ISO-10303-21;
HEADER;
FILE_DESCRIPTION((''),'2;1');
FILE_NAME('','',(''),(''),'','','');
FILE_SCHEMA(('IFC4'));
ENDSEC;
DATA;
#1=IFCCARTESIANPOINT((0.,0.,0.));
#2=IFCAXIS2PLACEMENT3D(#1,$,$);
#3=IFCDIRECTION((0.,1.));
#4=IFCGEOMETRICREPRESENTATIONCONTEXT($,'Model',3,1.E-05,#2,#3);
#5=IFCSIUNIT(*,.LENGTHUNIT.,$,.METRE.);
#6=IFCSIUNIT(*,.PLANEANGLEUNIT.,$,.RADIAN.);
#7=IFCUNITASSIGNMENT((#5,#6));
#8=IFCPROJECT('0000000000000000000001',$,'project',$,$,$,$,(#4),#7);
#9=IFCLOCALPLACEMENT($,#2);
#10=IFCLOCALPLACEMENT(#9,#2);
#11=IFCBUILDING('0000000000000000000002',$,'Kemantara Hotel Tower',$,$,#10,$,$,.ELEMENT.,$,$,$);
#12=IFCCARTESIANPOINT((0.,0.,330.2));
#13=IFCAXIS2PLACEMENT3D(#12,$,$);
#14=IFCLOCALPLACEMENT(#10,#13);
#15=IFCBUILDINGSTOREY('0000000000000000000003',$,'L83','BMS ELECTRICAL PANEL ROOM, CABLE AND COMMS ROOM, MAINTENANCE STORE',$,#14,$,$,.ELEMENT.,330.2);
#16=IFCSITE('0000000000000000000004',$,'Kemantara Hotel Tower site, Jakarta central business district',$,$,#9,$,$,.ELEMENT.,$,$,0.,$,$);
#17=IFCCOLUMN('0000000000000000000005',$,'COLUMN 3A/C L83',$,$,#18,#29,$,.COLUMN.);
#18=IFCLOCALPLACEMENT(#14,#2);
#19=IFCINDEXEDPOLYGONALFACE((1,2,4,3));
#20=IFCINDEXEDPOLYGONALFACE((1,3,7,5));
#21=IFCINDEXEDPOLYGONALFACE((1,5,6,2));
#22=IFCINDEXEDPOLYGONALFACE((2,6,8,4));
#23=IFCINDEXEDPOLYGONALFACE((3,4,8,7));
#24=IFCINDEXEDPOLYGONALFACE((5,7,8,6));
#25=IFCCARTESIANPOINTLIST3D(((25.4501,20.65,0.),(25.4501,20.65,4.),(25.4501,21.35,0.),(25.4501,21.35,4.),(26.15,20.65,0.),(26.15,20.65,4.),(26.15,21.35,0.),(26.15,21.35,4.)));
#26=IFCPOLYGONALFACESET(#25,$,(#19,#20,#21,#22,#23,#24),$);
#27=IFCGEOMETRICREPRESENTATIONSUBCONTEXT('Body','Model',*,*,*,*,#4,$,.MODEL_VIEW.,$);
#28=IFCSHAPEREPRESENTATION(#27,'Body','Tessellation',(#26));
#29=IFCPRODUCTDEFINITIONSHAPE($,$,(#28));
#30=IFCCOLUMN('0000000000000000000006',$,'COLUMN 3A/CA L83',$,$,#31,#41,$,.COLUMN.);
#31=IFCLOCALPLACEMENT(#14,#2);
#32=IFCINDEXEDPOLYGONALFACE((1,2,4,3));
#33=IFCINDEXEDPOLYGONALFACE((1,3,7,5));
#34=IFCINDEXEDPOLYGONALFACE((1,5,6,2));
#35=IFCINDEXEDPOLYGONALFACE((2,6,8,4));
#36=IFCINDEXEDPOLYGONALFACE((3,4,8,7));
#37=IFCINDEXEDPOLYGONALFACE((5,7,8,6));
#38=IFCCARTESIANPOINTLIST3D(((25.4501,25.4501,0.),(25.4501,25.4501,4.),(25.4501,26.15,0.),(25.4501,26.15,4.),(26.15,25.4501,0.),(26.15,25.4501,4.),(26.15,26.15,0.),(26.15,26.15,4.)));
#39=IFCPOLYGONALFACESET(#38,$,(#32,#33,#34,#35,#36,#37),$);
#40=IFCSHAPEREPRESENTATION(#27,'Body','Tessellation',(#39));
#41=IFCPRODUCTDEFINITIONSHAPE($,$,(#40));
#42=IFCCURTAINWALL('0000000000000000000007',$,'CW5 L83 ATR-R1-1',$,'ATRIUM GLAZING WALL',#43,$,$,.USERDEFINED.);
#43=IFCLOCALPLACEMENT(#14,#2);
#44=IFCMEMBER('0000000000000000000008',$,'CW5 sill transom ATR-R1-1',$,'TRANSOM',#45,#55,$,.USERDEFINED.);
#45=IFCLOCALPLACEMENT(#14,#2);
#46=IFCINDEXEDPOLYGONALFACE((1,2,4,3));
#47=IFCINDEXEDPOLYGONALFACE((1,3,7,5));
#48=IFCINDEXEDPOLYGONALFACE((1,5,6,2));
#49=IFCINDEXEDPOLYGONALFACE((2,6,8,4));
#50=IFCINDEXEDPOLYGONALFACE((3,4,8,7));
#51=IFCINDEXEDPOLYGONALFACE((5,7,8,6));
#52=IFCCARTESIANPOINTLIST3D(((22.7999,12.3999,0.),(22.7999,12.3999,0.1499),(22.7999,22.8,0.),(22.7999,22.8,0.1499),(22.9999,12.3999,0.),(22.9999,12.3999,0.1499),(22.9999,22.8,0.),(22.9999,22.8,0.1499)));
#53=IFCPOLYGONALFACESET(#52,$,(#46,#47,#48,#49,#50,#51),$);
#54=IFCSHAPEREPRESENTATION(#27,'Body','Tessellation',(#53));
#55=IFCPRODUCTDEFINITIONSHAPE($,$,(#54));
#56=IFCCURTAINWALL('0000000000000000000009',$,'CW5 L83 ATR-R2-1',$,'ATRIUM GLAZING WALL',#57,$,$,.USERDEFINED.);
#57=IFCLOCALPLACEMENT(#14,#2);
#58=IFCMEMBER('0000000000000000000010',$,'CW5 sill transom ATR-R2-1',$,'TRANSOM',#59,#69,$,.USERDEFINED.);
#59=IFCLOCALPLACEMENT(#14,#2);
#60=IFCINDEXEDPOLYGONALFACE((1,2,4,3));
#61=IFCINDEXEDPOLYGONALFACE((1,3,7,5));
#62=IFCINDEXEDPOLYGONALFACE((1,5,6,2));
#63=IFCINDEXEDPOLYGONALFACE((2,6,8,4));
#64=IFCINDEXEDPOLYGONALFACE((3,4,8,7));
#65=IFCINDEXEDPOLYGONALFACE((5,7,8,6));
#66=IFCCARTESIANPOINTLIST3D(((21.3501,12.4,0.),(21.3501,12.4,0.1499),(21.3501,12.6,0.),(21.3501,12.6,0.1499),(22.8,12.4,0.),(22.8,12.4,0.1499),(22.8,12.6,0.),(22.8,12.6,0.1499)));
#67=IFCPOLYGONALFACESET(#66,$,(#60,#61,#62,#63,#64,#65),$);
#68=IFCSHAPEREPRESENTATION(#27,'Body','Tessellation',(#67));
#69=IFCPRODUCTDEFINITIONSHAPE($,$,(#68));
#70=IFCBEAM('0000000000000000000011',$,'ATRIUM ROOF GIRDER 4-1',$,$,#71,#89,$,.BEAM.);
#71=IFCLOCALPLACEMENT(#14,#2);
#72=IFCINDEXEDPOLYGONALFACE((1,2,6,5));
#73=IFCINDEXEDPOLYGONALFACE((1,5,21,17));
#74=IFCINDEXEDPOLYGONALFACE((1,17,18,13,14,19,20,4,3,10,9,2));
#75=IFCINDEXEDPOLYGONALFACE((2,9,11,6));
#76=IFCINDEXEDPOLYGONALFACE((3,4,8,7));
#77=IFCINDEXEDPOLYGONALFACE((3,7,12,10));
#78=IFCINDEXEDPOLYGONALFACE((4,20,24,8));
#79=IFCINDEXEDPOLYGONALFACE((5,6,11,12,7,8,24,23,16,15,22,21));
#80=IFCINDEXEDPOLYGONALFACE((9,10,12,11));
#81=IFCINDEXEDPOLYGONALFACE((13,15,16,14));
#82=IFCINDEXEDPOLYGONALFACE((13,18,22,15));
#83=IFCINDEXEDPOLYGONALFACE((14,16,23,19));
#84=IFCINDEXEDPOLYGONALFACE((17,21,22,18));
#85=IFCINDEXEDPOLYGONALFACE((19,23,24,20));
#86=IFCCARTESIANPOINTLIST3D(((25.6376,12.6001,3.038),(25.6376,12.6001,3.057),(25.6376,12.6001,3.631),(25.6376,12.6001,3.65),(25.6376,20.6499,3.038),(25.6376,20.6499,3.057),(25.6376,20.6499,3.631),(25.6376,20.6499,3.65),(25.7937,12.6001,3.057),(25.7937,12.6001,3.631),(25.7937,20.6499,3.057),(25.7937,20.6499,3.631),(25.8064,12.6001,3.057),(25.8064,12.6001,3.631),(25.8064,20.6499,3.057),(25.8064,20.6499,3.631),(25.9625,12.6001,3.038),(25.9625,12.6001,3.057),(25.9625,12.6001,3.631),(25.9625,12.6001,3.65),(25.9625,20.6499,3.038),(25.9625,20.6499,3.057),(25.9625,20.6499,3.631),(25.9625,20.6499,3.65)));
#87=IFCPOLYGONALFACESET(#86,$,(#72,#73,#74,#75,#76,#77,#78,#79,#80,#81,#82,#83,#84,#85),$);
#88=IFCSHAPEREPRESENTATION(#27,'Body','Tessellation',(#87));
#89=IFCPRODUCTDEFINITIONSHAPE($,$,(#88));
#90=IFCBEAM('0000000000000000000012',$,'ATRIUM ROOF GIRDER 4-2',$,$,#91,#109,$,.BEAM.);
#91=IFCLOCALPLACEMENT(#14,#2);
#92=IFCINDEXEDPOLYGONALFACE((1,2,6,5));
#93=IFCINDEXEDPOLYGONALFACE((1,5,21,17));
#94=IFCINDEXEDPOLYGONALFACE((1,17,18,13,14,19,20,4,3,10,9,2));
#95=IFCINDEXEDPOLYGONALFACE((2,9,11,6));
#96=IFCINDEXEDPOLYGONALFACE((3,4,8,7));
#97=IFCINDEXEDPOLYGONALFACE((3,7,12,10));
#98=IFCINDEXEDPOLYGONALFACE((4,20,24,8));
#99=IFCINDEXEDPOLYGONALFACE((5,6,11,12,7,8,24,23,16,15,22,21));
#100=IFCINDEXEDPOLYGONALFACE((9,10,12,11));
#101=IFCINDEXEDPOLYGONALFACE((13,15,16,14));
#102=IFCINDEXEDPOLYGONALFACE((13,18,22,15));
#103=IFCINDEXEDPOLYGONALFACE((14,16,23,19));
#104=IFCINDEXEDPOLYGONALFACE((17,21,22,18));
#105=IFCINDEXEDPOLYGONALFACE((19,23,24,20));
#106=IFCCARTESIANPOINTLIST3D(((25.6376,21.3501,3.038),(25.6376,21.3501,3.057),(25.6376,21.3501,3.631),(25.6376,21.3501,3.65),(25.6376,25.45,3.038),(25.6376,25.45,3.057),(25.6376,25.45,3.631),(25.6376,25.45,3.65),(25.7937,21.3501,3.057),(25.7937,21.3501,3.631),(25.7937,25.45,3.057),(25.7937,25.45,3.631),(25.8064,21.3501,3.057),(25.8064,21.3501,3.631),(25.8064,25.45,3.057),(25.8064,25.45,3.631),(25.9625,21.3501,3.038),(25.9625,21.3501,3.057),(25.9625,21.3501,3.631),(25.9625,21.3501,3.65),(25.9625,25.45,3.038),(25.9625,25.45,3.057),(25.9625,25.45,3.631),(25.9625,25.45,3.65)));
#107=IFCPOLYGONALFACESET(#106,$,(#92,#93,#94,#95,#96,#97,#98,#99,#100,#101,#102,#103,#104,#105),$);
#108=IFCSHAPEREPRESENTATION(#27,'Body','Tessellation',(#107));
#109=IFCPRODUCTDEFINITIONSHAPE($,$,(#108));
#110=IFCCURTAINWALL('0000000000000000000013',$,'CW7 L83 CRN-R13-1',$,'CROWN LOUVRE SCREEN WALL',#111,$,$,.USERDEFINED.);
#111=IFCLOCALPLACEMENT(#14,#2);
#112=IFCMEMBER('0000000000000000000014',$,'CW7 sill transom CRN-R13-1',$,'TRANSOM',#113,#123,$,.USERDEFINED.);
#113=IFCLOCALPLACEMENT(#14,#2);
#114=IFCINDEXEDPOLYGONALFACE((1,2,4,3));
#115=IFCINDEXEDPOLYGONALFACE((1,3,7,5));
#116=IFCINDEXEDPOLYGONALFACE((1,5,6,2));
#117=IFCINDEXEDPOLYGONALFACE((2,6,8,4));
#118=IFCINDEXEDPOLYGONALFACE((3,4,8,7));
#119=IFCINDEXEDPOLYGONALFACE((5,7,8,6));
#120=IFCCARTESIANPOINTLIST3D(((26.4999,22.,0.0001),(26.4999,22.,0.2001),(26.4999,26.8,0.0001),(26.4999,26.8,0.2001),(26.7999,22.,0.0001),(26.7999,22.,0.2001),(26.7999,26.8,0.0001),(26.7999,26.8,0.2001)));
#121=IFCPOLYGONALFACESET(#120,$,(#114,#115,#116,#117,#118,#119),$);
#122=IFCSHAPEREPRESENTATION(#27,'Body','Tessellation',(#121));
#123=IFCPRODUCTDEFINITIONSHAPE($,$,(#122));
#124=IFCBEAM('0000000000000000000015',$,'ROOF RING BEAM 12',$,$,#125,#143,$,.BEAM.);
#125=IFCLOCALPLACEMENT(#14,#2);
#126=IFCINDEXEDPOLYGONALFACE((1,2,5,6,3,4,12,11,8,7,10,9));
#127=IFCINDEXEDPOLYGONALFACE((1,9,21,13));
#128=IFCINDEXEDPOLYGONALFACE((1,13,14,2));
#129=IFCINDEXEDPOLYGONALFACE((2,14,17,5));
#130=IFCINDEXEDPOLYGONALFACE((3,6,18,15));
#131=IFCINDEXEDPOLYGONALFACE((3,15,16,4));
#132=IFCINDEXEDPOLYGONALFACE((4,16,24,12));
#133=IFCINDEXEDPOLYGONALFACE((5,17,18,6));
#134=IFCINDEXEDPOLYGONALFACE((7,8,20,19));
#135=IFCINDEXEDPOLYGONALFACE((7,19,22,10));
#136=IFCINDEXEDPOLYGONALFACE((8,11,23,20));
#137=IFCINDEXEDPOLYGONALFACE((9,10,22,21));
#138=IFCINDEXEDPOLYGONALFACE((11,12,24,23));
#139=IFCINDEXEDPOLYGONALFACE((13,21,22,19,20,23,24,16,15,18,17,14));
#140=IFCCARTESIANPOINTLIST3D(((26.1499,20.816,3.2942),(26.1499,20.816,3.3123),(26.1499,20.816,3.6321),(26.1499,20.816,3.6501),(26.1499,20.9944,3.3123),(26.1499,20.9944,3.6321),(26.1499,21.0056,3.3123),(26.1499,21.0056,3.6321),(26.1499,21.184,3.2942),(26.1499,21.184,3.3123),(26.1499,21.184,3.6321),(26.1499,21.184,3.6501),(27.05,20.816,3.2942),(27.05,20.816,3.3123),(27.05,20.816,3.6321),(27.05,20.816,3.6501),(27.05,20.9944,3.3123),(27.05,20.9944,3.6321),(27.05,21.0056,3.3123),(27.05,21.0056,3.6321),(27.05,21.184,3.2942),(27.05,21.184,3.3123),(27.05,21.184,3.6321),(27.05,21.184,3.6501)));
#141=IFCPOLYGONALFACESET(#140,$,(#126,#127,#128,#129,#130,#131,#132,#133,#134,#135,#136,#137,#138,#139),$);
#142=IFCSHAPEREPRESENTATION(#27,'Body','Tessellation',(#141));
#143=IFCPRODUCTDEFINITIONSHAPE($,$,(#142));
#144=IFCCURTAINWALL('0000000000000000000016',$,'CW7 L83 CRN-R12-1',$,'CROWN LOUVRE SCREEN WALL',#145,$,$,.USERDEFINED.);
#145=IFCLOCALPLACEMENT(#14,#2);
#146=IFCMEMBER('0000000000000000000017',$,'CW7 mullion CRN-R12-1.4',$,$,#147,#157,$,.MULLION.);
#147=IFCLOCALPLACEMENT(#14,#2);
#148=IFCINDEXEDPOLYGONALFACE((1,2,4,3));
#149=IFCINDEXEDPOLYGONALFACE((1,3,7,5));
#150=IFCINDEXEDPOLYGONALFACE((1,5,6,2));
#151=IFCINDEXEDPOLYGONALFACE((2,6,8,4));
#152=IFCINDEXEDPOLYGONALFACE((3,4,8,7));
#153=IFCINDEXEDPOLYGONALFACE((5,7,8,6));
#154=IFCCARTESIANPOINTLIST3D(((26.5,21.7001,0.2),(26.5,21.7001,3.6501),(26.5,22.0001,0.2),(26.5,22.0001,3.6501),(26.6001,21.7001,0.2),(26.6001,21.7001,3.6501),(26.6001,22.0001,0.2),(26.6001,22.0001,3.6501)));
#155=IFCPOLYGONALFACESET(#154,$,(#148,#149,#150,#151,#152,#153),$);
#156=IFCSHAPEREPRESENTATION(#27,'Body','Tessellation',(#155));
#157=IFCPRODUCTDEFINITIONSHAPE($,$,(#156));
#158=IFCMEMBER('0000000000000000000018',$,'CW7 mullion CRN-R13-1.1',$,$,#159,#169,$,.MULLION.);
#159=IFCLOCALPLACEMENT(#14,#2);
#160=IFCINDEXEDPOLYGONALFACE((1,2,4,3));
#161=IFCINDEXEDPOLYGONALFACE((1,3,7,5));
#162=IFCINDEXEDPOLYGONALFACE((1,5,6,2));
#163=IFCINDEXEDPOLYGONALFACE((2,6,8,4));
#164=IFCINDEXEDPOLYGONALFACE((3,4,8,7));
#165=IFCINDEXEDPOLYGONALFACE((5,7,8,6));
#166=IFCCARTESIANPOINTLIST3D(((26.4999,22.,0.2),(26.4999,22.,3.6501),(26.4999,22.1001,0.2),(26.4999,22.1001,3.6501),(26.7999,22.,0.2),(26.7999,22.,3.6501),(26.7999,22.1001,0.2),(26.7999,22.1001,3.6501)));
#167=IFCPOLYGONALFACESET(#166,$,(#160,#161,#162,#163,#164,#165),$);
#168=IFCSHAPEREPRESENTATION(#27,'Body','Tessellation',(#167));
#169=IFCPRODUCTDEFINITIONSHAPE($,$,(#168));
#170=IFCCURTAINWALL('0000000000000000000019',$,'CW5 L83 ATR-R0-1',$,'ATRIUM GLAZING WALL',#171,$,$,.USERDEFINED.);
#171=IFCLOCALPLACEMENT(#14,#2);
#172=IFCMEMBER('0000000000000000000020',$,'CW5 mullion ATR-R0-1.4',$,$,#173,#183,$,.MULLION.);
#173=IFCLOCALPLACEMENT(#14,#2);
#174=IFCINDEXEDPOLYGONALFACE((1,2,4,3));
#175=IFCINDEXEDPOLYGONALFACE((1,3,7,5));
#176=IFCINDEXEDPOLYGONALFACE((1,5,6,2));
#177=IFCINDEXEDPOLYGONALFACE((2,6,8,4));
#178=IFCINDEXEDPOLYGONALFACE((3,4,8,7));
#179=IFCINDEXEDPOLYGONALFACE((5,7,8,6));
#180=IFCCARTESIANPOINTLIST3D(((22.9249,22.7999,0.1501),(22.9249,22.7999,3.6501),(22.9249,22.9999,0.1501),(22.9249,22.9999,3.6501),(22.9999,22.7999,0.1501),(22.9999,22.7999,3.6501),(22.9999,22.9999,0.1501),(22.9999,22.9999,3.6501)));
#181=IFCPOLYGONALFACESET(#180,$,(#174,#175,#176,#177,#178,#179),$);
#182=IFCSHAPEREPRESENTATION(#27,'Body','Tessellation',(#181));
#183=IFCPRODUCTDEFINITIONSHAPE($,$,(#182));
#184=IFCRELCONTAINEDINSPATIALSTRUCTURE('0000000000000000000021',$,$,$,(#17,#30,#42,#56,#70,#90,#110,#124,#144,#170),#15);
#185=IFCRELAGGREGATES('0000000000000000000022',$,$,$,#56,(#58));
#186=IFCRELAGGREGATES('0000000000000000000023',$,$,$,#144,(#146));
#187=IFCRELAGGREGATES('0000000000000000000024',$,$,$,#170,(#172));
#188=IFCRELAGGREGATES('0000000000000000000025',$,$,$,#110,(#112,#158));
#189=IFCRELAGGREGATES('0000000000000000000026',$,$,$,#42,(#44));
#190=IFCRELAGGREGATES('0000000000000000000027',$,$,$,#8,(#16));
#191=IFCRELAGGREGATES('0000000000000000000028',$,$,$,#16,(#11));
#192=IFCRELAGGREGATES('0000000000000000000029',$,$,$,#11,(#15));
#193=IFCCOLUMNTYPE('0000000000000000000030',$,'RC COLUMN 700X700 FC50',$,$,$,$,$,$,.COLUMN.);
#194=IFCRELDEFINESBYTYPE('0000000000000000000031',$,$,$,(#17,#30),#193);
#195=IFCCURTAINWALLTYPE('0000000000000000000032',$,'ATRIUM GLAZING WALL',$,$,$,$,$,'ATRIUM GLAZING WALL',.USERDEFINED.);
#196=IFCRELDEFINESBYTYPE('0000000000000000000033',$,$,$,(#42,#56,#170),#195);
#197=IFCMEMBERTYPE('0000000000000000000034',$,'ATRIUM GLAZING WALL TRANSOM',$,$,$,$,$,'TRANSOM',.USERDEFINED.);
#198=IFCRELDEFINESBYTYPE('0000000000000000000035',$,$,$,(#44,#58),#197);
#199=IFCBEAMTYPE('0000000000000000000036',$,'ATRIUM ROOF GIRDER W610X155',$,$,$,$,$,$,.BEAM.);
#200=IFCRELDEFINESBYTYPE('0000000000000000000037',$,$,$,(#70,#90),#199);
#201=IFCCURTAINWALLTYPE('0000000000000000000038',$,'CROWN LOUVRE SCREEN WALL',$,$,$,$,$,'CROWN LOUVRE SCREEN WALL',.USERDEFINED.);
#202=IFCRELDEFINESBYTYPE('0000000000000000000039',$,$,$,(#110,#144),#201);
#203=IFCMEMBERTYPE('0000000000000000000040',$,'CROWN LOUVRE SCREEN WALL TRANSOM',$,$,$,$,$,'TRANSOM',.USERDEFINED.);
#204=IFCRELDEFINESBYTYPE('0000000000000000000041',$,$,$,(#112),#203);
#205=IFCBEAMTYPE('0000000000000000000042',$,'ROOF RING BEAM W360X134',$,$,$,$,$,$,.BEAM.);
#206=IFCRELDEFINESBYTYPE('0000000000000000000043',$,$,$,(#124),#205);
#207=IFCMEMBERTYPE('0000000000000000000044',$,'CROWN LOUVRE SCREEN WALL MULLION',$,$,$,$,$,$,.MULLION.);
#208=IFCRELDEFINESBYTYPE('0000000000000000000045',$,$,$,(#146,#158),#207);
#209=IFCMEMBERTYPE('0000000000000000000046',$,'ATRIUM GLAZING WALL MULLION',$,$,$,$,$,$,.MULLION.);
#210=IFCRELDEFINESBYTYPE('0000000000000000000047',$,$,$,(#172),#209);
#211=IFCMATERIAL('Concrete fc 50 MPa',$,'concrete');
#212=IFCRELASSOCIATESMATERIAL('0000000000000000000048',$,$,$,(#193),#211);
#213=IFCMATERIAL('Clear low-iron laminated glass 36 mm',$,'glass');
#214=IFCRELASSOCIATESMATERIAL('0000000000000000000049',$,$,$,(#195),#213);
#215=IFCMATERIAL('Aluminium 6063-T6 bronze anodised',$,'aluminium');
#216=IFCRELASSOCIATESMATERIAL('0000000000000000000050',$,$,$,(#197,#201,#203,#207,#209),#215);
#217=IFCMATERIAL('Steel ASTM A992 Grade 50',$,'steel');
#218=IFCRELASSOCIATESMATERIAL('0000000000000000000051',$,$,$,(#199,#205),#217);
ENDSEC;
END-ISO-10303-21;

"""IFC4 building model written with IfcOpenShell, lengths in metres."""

from ifc_helpers import new_model, si_unit, direction, frame, origin, origin_2d, place, context, subcontext, project, spatial, rectangle, i_section, extrude, source, transform, mapped, material, material_profile, profile_set, type_object, element, aggregate, save


model = new_model("IFC4")

# Units and contexts
model_context = context("Model", 3, precision=1e-05, world=origin(), true_north=direction((0.0, 1.0)))
body_context = subcontext(model_context, "Body", "Model", "MODEL_VIEW")
ifc_project = project(units=[si_unit("LENGTHUNIT", "METRE"), si_unit("PLANEANGLEUNIT", "RADIAN")], contexts=[model_context])

# Site, building, storey
site_placement = place(None, origin())
site = spatial("IfcSite", under=ifc_project, at=site_placement, Name="Kemantara Hotel Tower site, Jakarta central business district", CompositionType="ELEMENT", RefElevation=0.0)
building_placement = place(site_placement, origin())
building = spatial("IfcBuilding", under=site, at=building_placement, Name="Kemantara Hotel Tower", CompositionType="ELEMENT")
storey_placement = place(building_placement, frame((0.0, 0.0, 330.2)))
storey = spatial("IfcBuildingStorey", under=building, at=storey_placement, Name="L83", Description="BMS ELECTRICAL PANEL ROOM, CABLE AND COMMS ROOM, MAINTENANCE STORE", CompositionType="ELEMENT", Elevation=330.2)

# Columns
ifc_material_1 = material(Name="Concrete fc 50 MPa", Category="concrete")
ifc_material_profile_1 = material_profile(ifc_material_1, rectangle(XDim=0.7, YDim=0.7, at=origin_2d()), Name="RC 700X700")
ifc_profile_set_1 = profile_set([ifc_material_profile_1], Name="Concrete fc 50 MPa")
column_type = type_object("IfcColumnType", Name="RC COLUMN 700X700 FC50", PredefinedType="COLUMN", material=ifc_profile_set_1)
for number, where, z_axis, x_axis, name in (
    (1, (25.8, 21.0, 0.0), (0.0, 0.0, 1.0), (1.0, 0.0, 0.0), "COLUMN 3A/C L83"),
    (2, (25.8, 25.8, 0.0), (0.0, 0.0, 1.0), (1.0, 0.0, 0.0), "COLUMN 3A/CA L83"),
):
    element("IfcColumn", number, at=place(storey_placement, frame(where, z_axis=z_axis, x_axis=x_axis)), inside=storey, type_object=column_type, Name=name, PredefinedType="COLUMN", context=body_context, shape_type="SweptSolid", body=[
        extrude(rectangle(XDim=0.7, YDim=0.7, at=origin_2d()), origin(), (0.0, 0.0, 1.0), 4.0),
    ])

# Curtain walls, members
ifc_material_2 = material(Name="Clear low-iron laminated glass 36 mm", Category="glass")
curtain_wall_type_1 = type_object("IfcCurtainWallType", Name="ATRIUM GLAZING WALL", ElementType="ATRIUM GLAZING WALL", PredefinedType="USERDEFINED", material=ifc_material_2)
curtain_wall_1_placement = place(storey_placement, origin())
curtain_wall_1 = element("IfcCurtainWall", 3, at=curtain_wall_1_placement, inside=storey, type_object=curtain_wall_type_1, Name="CW5 L83 ATR-R1-1", ObjectType="ATRIUM GLAZING WALL", PredefinedType="USERDEFINED")
ifc_material_3 = material(Name="Aluminium 6063-T6 bronze anodised", Category="aluminium")
ifc_material_profile_2 = material_profile(ifc_material_3, rectangle(XDim=0.2, YDim=0.1499, at=origin_2d()), Name="ATRIUM GLAZING WALL TRANSOM")
ifc_profile_set_2 = profile_set([ifc_material_profile_2], Name="Aluminium 6063-T6 bronze anodised")
member_type_1 = type_object("IfcMemberType", Name="ATRIUM GLAZING WALL TRANSOM", ElementType="TRANSOM", PredefinedType="USERDEFINED", material=ifc_profile_set_2)
member_1_placement = place(storey_placement, frame((22.8999, 22.8, 0.075), z_axis=(0.0, -1.0, 0.0), x_axis=(1.0, 0.0, 0.0)))
member_1 = element("IfcMember", 4, at=member_1_placement, type_object=member_type_1, Name="CW5 sill transom ATR-R1-1", ObjectType="TRANSOM", PredefinedType="USERDEFINED", context=body_context, shape_type="SweptSolid", body=[
    extrude(rectangle(XDim=0.2, YDim=0.1499, at=origin_2d()), origin(), (0.0, 0.0, 1.0), 10.4001),
])
curtain_wall_2_placement = place(storey_placement, origin())
curtain_wall_2 = element("IfcCurtainWall", 5, at=curtain_wall_2_placement, inside=storey, type_object=curtain_wall_type_1, Name="CW5 L83 ATR-R2-1", ObjectType="ATRIUM GLAZING WALL", PredefinedType="USERDEFINED")
member_2_placement = place(storey_placement, frame((22.8, 12.5, 0.075), z_axis=(-1.0, 0.0, 0.0), x_axis=(0.0, -1.0, 0.0)))
member_2 = element("IfcMember", 6, at=member_2_placement, type_object=member_type_1, Name="CW5 sill transom ATR-R2-1", ObjectType="TRANSOM", PredefinedType="USERDEFINED", context=body_context, shape_type="SweptSolid", body=[
    extrude(rectangle(XDim=0.2, YDim=0.1499, at=origin_2d()), origin(), (0.0, 0.0, 1.0), 1.45),
])
aggregate(curtain_wall_2, [member_2])

# Beams
ifc_material_4 = material(Name="Steel ASTM A992 Grade 50", Category="steel")
ifc_material_profile_3 = material_profile(ifc_material_4, i_section(OverallWidth=0.325, OverallDepth=0.6121, WebThickness=0.0127, FlangeThickness=0.019, at=origin_2d()), Name="W610X155")
ifc_profile_set_3 = profile_set([ifc_material_profile_3], Name="Steel ASTM A992 Grade 50")
beam_type_1 = type_object("IfcBeamType", Name="ATRIUM ROOF GIRDER W610X155", PredefinedType="BEAM", material=ifc_profile_set_3)
beam_1_placement = place(storey_placement, frame((25.8, 12.6001, 3.344), z_axis=(0.0, 1.0, 0.0), x_axis=(-1.0, 0.0, 0.0)))
element("IfcBeam", 7, at=beam_1_placement, inside=storey, type_object=beam_type_1, Name="ATRIUM ROOF GIRDER 4-1", PredefinedType="BEAM", context=body_context, shape_type="SweptSolid", body=[
    extrude(i_section(OverallWidth=0.325, OverallDepth=0.6121, WebThickness=0.0127, FlangeThickness=0.019, at=origin_2d()), origin(), (0.0, 0.0, 1.0), 8.0498),
])
beam_2_placement = place(storey_placement, frame((25.8, 21.3501, 3.344), z_axis=(0.0, 1.0, 0.0), x_axis=(-1.0, 0.0, 0.0)))
element("IfcBeam", 8, at=beam_2_placement, inside=storey, type_object=beam_type_1, Name="ATRIUM ROOF GIRDER 4-2", PredefinedType="BEAM", context=body_context, shape_type="SweptSolid", body=[
    extrude(i_section(OverallWidth=0.325, OverallDepth=0.6121, WebThickness=0.0127, FlangeThickness=0.019, at=origin_2d()), origin(), (0.0, 0.0, 1.0), 4.0999),
])

# Curtain wall, member
curtain_wall_type_2 = type_object("IfcCurtainWallType", Name="CROWN LOUVRE SCREEN WALL", ElementType="CROWN LOUVRE SCREEN WALL", PredefinedType="USERDEFINED", material=ifc_material_3)
curtain_wall_3_placement = place(storey_placement, origin())
curtain_wall_3 = element("IfcCurtainWall", 9, at=curtain_wall_3_placement, inside=storey, type_object=curtain_wall_type_2, Name="CW7 L83 CRN-R13-1", ObjectType="CROWN LOUVRE SCREEN WALL", PredefinedType="USERDEFINED")
ifc_material_profile_4 = material_profile(ifc_material_3, rectangle(XDim=0.3, YDim=0.2, at=origin_2d()), Name="CROWN LOUVRE SCREEN WALL TRANSOM")
ifc_profile_set_4 = profile_set([ifc_material_profile_4], Name="Aluminium 6063-T6 bronze anodised")
member_type_2 = type_object("IfcMemberType", Name="CROWN LOUVRE SCREEN WALL TRANSOM", ElementType="TRANSOM", PredefinedType="USERDEFINED", material=ifc_profile_set_4)
member_3_placement = place(storey_placement, frame((26.6499, 22.0, 0.1001), z_axis=(0.0, 1.0, 0.0), x_axis=(-1.0, 0.0, 0.0)))
member_3 = element("IfcMember", 10, at=member_3_placement, type_object=member_type_2, Name="CW7 sill transom CRN-R13-1", ObjectType="TRANSOM", PredefinedType="USERDEFINED", context=body_context, shape_type="SweptSolid", body=[
    extrude(rectangle(XDim=0.3, YDim=0.2, at=origin_2d()), origin(), (0.0, 0.0, 1.0), 4.8),
])

# Beam
ifc_material_profile_5 = material_profile(ifc_material_4, i_section(OverallWidth=0.3679, OverallDepth=0.356, WebThickness=0.0112, FlangeThickness=0.0181, at=origin_2d()), Name="W360X134")
ifc_profile_set_5 = profile_set([ifc_material_profile_5], Name="Steel ASTM A992 Grade 50")
beam_type_2 = type_object("IfcBeamType", Name="ROOF RING BEAM W360X134", PredefinedType="BEAM", material=ifc_profile_set_5)
beam_3_placement = place(storey_placement, frame((26.1499, 21.0, 3.4722), z_axis=(1.0, 0.0, 0.0), x_axis=(0.0, 1.0, 0.0)))
element("IfcBeam", 11, at=beam_3_placement, inside=storey, type_object=beam_type_2, Name="ROOF RING BEAM 12", PredefinedType="BEAM", context=body_context, shape_type="SweptSolid", body=[
    extrude(i_section(OverallWidth=0.3679, OverallDepth=0.356, WebThickness=0.0112, FlangeThickness=0.0181, at=origin_2d()), origin(), (0.0, 0.0, 1.0), 0.9001),
])

# Curtain wall, member
curtain_wall_4_placement = place(storey_placement, origin())
curtain_wall_4 = element("IfcCurtainWall", 12, at=curtain_wall_4_placement, inside=storey, type_object=curtain_wall_type_2, Name="CW7 L83 CRN-R12-1", ObjectType="CROWN LOUVRE SCREEN WALL", PredefinedType="USERDEFINED")
ifc_material_profile_6 = material_profile(ifc_material_3, rectangle(XDim=0.3, YDim=0.1001, at=origin_2d()), Name="CROWN LOUVRE SCREEN WALL MULLION")
ifc_profile_set_6 = profile_set([ifc_material_profile_6], Name="Aluminium 6063-T6 bronze anodised")
member_type_3 = type_object("IfcMemberType", Name="CROWN LOUVRE SCREEN WALL MULLION", PredefinedType="MULLION", material=ifc_profile_set_6)
shared_shape_1 = source(origin(), body_context, "Body", "SweptSolid", [
    extrude(rectangle(XDim=0.3, YDim=0.1001, at=origin_2d()), origin(), (0.0, 0.0, 1.0), 3.4502),
])
member_4_placement = place(storey_placement, frame((26.55, 21.8501, 0.2), z_axis=(0.0, 0.0, 1.0), x_axis=(0.0, -1.0, 0.0)))
member_4 = element("IfcMember", 13, at=member_4_placement, type_object=member_type_3, Name="CW7 mullion CRN-R12-1.4", PredefinedType="MULLION", context=body_context, shape_type="MappedRepresentation", body=[
    mapped(shared_shape_1, transform((0.0, 0.0, 0.0))),
])
aggregate(curtain_wall_4, [member_4])

# Member
member_5_placement = place(storey_placement, frame((26.6499, 22.05, 0.2), z_axis=(0.0, 0.0, 1.0), x_axis=(-1.0, 0.0, 0.0)))
member_5 = element("IfcMember", 14, at=member_5_placement, type_object=member_type_3, Name="CW7 mullion CRN-R13-1.1", PredefinedType="MULLION", context=body_context, shape_type="MappedRepresentation", body=[
    mapped(shared_shape_1, transform((0.0, 0.0, 0.0))),
])

# Curtain wall, member
curtain_wall_5_placement = place(storey_placement, origin())
curtain_wall_5 = element("IfcCurtainWall", 15, at=curtain_wall_5_placement, inside=storey, type_object=curtain_wall_type_1, Name="CW5 L83 ATR-R0-1", ObjectType="ATRIUM GLAZING WALL", PredefinedType="USERDEFINED")
ifc_material_profile_7 = material_profile(ifc_material_3, rectangle(XDim=0.2, YDim=0.075, at=origin_2d()), Name="ATRIUM GLAZING WALL MULLION")
ifc_profile_set_7 = profile_set([ifc_material_profile_7], Name="Aluminium 6063-T6 bronze anodised")
member_type_4 = type_object("IfcMemberType", Name="ATRIUM GLAZING WALL MULLION", PredefinedType="MULLION", material=ifc_profile_set_7)
shared_shape_2 = source(origin(), body_context, "Body", "SweptSolid", [
    extrude(rectangle(XDim=0.2, YDim=0.075, at=origin_2d()), origin(), (0.0, 0.0, 1.0), 3.5),
])
member_6_placement = place(storey_placement, frame((22.9624, 22.8999, 0.1501), z_axis=(0.0, 0.0, 1.0), x_axis=(0.0, 1.0, 0.0)))
member_6 = element("IfcMember", 16, at=member_6_placement, type_object=member_type_4, Name="CW5 mullion ATR-R0-1.4", PredefinedType="MULLION", context=body_context, shape_type="MappedRepresentation", body=[
    mapped(shared_shape_2, transform((0.0, 0.0, 0.0))),
])
aggregate(curtain_wall_5, [member_6])

aggregate(curtain_wall_3, [member_3, member_5])
aggregate(curtain_wall_1, [member_1])

save(model, "model.ifc")
